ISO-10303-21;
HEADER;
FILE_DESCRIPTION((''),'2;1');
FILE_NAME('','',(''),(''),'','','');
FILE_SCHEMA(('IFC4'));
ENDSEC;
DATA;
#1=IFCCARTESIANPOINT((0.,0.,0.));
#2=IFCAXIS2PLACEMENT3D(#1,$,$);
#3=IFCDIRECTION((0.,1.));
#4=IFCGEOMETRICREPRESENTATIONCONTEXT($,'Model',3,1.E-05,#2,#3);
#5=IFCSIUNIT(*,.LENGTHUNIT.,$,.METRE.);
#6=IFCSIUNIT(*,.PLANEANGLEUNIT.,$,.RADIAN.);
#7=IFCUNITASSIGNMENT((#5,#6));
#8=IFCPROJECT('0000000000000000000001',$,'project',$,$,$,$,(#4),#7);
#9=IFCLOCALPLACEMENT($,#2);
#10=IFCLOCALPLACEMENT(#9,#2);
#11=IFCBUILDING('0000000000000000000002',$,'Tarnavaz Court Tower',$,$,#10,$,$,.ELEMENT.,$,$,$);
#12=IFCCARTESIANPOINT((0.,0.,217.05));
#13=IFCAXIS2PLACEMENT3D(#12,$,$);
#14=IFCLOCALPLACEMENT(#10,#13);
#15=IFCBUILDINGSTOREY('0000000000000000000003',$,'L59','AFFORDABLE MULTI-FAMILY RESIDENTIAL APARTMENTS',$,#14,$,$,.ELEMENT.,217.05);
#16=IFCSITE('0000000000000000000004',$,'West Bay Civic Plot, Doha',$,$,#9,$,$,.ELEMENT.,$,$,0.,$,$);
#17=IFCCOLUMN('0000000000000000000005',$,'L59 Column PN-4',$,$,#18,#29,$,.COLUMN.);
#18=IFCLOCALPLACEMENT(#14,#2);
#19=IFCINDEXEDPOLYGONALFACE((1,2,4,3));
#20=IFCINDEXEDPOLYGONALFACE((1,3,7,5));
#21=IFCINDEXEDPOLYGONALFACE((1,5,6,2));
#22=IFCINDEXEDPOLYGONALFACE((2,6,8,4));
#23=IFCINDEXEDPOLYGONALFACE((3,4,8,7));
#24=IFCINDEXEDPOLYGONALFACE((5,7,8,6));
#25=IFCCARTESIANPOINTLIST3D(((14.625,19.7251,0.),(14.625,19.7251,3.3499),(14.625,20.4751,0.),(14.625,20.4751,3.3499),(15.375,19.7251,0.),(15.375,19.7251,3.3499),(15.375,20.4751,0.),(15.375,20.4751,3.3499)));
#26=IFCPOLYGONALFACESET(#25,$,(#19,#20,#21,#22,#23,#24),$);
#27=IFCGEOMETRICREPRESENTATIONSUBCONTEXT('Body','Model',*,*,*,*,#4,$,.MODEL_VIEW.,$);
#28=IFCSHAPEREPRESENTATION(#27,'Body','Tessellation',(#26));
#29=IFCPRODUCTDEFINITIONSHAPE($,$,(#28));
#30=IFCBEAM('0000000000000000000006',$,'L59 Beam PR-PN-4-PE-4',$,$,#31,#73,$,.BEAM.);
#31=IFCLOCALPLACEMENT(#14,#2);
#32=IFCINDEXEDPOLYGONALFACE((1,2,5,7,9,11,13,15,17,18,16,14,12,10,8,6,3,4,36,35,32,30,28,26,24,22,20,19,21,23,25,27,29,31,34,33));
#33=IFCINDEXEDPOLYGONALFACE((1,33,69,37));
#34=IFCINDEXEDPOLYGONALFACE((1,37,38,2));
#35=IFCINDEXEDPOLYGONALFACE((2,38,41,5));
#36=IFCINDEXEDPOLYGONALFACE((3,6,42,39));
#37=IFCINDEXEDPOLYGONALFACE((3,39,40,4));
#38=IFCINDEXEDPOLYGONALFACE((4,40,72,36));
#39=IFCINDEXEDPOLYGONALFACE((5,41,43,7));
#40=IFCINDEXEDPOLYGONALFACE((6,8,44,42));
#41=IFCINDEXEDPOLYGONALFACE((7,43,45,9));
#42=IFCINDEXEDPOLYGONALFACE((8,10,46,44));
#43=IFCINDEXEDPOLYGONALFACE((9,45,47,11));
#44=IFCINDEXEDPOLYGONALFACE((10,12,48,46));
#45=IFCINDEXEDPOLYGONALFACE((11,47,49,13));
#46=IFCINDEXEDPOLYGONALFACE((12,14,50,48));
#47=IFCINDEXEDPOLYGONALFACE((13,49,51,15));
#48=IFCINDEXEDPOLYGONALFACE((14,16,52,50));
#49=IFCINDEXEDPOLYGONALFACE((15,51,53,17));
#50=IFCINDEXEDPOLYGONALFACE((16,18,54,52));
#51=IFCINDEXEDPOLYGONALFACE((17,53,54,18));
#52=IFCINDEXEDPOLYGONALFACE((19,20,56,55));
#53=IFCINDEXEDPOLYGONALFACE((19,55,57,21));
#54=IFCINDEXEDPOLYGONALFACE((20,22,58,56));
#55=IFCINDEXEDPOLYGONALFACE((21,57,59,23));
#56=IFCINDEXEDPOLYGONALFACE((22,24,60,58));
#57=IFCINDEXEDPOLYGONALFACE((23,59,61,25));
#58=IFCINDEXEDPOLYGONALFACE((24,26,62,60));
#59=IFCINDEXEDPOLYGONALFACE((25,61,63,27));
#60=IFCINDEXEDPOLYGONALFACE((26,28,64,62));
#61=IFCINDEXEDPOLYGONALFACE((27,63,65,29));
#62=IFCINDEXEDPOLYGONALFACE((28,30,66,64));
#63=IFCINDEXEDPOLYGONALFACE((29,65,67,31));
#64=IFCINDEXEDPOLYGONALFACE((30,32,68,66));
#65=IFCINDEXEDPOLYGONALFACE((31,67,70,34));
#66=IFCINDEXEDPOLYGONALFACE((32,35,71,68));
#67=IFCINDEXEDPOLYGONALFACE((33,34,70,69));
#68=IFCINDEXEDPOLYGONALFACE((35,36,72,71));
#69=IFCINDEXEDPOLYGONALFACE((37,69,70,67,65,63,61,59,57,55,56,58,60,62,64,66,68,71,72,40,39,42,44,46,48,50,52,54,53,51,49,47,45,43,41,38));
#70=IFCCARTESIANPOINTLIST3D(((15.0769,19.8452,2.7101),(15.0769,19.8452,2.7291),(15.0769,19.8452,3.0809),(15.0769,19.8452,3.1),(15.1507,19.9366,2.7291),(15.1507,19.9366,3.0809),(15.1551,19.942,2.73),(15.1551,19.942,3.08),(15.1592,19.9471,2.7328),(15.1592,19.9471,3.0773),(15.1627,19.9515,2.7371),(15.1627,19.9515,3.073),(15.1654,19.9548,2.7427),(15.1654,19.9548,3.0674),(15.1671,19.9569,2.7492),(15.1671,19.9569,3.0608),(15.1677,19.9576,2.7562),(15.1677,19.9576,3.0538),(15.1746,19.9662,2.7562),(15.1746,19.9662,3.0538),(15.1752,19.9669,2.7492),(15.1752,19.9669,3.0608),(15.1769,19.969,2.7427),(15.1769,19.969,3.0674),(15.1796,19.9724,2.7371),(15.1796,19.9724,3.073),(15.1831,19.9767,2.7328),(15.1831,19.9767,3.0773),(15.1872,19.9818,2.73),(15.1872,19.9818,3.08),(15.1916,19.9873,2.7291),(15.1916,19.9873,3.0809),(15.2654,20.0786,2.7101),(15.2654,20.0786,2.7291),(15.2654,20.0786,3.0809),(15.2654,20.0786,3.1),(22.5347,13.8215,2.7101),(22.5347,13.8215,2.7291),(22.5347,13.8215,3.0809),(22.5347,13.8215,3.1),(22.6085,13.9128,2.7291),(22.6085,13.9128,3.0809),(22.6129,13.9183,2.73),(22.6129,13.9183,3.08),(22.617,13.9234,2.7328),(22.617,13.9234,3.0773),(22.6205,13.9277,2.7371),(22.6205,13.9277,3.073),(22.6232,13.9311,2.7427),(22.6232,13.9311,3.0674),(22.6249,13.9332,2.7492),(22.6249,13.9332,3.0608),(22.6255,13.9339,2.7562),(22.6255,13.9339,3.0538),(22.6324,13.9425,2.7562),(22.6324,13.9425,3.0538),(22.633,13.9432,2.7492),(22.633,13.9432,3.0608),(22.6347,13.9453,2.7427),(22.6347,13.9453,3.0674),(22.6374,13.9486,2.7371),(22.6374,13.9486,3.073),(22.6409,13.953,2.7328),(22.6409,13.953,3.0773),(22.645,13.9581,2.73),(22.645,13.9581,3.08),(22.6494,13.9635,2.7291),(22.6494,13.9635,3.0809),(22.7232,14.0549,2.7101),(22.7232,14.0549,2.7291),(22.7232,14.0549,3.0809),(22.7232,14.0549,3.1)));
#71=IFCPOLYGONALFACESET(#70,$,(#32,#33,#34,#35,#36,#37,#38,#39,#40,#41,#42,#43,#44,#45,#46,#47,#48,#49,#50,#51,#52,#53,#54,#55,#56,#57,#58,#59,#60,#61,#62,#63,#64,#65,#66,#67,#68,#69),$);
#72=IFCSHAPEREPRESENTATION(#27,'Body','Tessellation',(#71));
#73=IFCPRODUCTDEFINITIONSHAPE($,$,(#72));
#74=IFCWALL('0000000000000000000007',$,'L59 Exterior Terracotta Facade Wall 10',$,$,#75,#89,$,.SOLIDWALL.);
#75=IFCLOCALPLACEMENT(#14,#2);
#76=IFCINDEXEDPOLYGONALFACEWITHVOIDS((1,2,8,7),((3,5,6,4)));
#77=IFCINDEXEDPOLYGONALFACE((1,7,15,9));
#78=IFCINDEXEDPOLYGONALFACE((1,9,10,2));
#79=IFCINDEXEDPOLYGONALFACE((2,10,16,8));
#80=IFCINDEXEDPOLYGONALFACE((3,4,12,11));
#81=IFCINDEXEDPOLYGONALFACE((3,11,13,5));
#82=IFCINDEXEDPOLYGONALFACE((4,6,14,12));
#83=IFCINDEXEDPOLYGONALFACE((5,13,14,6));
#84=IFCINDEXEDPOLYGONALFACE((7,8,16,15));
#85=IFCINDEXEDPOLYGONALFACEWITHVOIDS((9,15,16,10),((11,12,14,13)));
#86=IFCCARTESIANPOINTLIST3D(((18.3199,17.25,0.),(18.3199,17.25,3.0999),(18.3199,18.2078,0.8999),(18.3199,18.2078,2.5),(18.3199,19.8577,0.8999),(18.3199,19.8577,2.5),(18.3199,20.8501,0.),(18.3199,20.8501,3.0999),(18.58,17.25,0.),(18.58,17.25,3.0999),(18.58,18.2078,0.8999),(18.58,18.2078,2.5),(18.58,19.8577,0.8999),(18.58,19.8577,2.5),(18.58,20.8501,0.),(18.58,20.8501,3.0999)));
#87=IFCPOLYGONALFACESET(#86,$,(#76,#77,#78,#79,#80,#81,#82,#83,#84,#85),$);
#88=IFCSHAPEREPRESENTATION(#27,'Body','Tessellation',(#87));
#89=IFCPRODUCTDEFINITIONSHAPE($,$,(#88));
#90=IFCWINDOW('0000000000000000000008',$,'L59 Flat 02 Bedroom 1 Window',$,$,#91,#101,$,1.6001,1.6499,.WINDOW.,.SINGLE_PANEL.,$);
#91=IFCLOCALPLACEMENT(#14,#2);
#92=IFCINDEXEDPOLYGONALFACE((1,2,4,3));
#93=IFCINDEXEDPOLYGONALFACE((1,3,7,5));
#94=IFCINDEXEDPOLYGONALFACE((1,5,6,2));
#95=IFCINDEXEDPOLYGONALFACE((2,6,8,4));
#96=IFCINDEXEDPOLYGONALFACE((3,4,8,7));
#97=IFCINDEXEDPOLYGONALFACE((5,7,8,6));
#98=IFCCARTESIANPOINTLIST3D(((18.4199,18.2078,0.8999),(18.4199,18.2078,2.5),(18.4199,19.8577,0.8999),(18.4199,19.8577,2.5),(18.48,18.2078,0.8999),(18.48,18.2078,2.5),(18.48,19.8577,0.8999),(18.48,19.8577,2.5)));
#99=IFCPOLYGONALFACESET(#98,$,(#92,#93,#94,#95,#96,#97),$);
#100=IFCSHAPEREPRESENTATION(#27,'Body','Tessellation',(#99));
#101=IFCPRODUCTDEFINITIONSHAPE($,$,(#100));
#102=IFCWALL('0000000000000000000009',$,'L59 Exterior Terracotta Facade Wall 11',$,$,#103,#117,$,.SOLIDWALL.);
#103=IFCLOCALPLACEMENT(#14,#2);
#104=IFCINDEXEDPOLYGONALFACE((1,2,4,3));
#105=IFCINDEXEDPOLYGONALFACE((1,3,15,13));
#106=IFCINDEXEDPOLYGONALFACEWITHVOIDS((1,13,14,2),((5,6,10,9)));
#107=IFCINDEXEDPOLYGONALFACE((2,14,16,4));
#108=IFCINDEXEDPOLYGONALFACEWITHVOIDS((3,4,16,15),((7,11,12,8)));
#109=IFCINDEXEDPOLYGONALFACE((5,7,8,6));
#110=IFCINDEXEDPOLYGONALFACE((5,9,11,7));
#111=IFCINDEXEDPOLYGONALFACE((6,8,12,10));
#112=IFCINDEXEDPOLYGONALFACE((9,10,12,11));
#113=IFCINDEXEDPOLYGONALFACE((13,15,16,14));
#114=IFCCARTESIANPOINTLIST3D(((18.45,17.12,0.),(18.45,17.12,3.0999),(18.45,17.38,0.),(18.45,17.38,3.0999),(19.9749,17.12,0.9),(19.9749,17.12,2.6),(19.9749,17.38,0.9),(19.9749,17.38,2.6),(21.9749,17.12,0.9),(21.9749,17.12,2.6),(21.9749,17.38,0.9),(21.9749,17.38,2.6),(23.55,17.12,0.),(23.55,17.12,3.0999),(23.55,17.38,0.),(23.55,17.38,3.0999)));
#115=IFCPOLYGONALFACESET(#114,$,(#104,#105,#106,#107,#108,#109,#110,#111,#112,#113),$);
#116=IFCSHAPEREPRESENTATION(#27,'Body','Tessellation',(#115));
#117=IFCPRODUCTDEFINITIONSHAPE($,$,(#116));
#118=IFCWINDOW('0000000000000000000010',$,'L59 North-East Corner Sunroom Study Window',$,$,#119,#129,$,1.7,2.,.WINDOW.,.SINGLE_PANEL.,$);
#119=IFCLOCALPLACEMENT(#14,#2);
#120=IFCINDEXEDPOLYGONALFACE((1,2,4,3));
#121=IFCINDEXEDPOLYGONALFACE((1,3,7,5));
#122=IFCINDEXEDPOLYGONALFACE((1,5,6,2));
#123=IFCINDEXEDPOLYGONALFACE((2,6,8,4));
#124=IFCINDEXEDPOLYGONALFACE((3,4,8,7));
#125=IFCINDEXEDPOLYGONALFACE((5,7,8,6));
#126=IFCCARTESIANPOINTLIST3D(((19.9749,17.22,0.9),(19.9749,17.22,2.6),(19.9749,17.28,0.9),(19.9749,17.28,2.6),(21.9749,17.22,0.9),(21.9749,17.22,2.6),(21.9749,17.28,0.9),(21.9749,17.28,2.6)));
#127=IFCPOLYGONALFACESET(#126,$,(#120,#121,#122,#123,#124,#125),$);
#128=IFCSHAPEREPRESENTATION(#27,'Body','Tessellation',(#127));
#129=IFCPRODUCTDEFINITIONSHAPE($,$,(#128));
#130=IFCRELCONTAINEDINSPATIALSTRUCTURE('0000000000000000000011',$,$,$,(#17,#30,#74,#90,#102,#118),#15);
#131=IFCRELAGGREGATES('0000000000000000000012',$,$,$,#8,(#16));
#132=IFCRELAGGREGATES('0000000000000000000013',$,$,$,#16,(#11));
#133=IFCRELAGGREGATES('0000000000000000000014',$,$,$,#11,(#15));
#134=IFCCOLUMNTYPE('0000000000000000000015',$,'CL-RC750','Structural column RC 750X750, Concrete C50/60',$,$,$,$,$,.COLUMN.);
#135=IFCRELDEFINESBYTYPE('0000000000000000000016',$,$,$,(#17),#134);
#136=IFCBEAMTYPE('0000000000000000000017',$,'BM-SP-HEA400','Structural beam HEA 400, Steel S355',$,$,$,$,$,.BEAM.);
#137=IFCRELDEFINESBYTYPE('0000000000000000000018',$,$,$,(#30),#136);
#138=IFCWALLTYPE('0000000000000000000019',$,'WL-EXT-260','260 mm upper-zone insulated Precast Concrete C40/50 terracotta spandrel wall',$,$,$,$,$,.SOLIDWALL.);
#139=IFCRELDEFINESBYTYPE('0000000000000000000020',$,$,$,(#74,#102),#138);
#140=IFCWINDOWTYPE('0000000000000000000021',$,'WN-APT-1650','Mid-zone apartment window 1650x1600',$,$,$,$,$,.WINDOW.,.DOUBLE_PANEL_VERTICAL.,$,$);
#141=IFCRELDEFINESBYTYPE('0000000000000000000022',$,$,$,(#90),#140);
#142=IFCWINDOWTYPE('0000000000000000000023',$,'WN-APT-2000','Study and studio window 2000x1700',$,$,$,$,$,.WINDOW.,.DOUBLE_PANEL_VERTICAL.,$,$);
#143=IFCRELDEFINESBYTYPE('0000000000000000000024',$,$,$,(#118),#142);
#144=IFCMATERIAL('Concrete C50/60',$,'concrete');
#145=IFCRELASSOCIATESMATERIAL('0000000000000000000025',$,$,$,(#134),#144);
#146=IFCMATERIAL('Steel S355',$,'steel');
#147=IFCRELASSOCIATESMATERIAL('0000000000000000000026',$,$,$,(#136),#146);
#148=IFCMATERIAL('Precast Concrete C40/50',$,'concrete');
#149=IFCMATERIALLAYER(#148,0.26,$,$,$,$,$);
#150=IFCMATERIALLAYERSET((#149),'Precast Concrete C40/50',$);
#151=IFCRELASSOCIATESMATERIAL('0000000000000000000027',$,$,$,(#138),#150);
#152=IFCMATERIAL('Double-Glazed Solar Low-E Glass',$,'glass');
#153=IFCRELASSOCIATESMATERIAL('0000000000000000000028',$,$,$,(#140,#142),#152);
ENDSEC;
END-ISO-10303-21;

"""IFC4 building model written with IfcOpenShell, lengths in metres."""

from ifc_helpers import new_model, si_unit, direction, frame, frame_2d, origin, origin_2d, place, context, subcontext, project, spatial, rectangle, i_section, extrude, material, layer, layer_set, material_profile, profile_set, type_object, element, fill, save


model = new_model("IFC4")

# Units and contexts
model_context = context("Model", 3, precision=1e-05, world=origin(), true_north=direction((0.0, 1.0)))
body_context = subcontext(model_context, "Body", "Model", "MODEL_VIEW")
ifc_project = project(units=[si_unit("LENGTHUNIT", "METRE"), si_unit("PLANEANGLEUNIT", "RADIAN")], contexts=[model_context])

# Site, building, storey
site_placement = place(None, origin())
site = spatial("IfcSite", under=ifc_project, at=site_placement, Name="West Bay Civic Plot, Doha", CompositionType="ELEMENT", RefElevation=0.0)
building_placement = place(site_placement, origin())
building = spatial("IfcBuilding", under=site, at=building_placement, Name="Tarnavaz Court Tower", CompositionType="ELEMENT")
storey_placement = place(building_placement, frame((0.0, 0.0, 217.05)))
storey = spatial("IfcBuildingStorey", under=building, at=storey_placement, Name="L59", Description="AFFORDABLE MULTI-FAMILY RESIDENTIAL APARTMENTS", CompositionType="ELEMENT", Elevation=217.05)

# Column
ifc_material_1 = material(Name="Concrete C50/60", Category="concrete")
ifc_material_profile_1 = material_profile(ifc_material_1, rectangle(XDim=0.75, YDim=0.75, at=origin_2d()), Name="RC 750X750")
ifc_profile_set_1 = profile_set([ifc_material_profile_1], Name="Concrete C50/60")
column_type = type_object("IfcColumnType", Name="CL-RC750", Description="Structural column RC 750X750, Concrete C50/60", PredefinedType="COLUMN", material=ifc_profile_set_1)
column_placement = place(storey_placement, frame((15.0, 20.1001, 0.0), z_axis=(0.0, 0.0, 1.0), x_axis=(1.0, 0.0, 0.0)))
element("IfcColumn", 1, at=column_placement, inside=storey, type_object=column_type, Name="L59 Column PN-4", PredefinedType="COLUMN", context=body_context, shape_type="SweptSolid", body=[
    extrude(rectangle(XDim=0.75, YDim=0.75, at=origin_2d()), origin(), (0.0, 0.0, 1.0), 3.3499),
])

# Beam
ifc_material_2 = material(Name="Steel S355", Category="steel")
ifc_material_profile_2 = material_profile(ifc_material_2, i_section(OverallWidth=0.3, OverallDepth=0.3899, WebThickness=0.011, FlangeThickness=0.019, FilletRadius=0.0271, at=origin_2d()), Name="HEA 400")
ifc_profile_set_2 = profile_set([ifc_material_profile_2], Name="Steel S355")
beam_type = type_object("IfcBeamType", Name="BM-SP-HEA400", Description="Structural beam HEA 400, Steel S355", PredefinedType="BEAM", material=ifc_profile_set_2)
beam_placement = place(storey_placement, frame((15.1711, 19.9619, 2.905), z_axis=(0.777936, -0.628344, 0.0), x_axis=(0.628344, 0.777936, 0.0)))
element("IfcBeam", 2, at=beam_placement, inside=storey, type_object=beam_type, Name="L59 Beam PR-PN-4-PE-4", PredefinedType="BEAM", context=body_context, shape_type="SweptSolid", body=[
    extrude(i_section(OverallWidth=0.3, OverallDepth=0.3899, WebThickness=0.011, FlangeThickness=0.019, FilletRadius=0.0271, at=origin_2d()), origin(), (0.0, 0.0, 1.0), 9.5867),
])

# Walls, openings, windows
ifc_material_3 = material(Name="Precast Concrete C40/50", Category="concrete")
ifc_layer_1 = layer(ifc_material_3, 0.26)
ifc_layer_set_1 = layer_set([ifc_layer_1], Name="Precast Concrete C40/50")
wall_type_1 = type_object("IfcWallType", Name="WL-EXT-260", Description="260 mm upper-zone insulated Precast Concrete C40/50 terracotta spandrel wall", PredefinedType="SOLIDWALL", material=ifc_layer_set_1)
wall_1_placement = place(storey_placement, frame((18.45, 20.8501, 0.0), z_axis=(0.0, 0.0, 1.0), x_axis=(0.0, -1.0, 0.0)))
wall_1 = element("IfcWall", 3, at=wall_1_placement, inside=storey, type_object=wall_type_1, Name="L59 Exterior Terracotta Facade Wall 10", PredefinedType="SOLIDWALL", context=body_context, shape_type="SweptSolid", body=[
    extrude(rectangle(XDim=3.6001, YDim=0.26, at=frame_2d((1.8, 0.0))), origin(), (0.0, 0.0, 1.0), 3.0999),
])
opening_1_placement = place(wall_1_placement, frame((0.9924, 0.0, 0.8999)))
opening_1 = element("IfcOpeningElement", 4, at=opening_1_placement, cuts=wall_1, PredefinedType="OPENING", context=body_context, shape_type="SweptSolid", body=[
    extrude(rectangle(XDim=1.6499, YDim=1.6001, at=frame_2d((0.825, 0.8))), frame((0.0, 0.1399, 0.0), z_axis=(0.0, -1.0, 0.0), x_axis=(1.0, 0.0, 0.0)), (0.0, 0.0, 1.0), 0.28),
])
ifc_material_4 = material(Name="Double-Glazed Solar Low-E Glass", Category="glass")
window_type_1 = type_object("IfcWindowType", Name="WN-APT-1650", Description="Mid-zone apartment window 1650x1600", PartitioningType="DOUBLE_PANEL_VERTICAL", PredefinedType="WINDOW", material=ifc_material_4)
window_1_placement = place(opening_1_placement, origin())
window_1 = element("IfcWindow", 5, at=window_1_placement, inside=storey, type_object=window_type_1, Name="L59 Flat 02 Bedroom 1 Window", OverallHeight=1.6001, OverallWidth=1.6499, PartitioningType="SINGLE_PANEL", PredefinedType="WINDOW", context=body_context, shape_type="SweptSolid", body=[
    extrude(rectangle(XDim=1.6499, YDim=1.6001, at=frame_2d((0.825, 0.8))), frame((0.0, 0.03, 0.0), z_axis=(0.0, -1.0, 0.0), x_axis=(1.0, 0.0, 0.0)), (0.0, 0.0, 1.0), 0.0601),
])
fill(opening_1, window_1)
wall_2_placement = place(storey_placement, frame((18.45, 17.25, 0.0), z_axis=(0.0, 0.0, 1.0), x_axis=(1.0, 0.0, 0.0)))
wall_2 = element("IfcWall", 6, at=wall_2_placement, inside=storey, type_object=wall_type_1, Name="L59 Exterior Terracotta Facade Wall 11", PredefinedType="SOLIDWALL", context=body_context, shape_type="SweptSolid", body=[
    extrude(rectangle(XDim=5.1001, YDim=0.26, at=frame_2d((2.55, 0.0))), origin(), (0.0, 0.0, 1.0), 3.0999),
])
opening_2_placement = place(wall_2_placement, frame((1.5249, 0.0, 0.8999)))
opening_2 = element("IfcOpeningElement", 7, at=opening_2_placement, cuts=wall_2, PredefinedType="OPENING", context=body_context, shape_type="SweptSolid", body=[
    extrude(rectangle(XDim=2.0, YDim=1.7, at=frame_2d((1.0, 0.8501))), frame((0.0, 0.1399, 0.0), z_axis=(0.0, -1.0, 0.0), x_axis=(1.0, 0.0, 0.0)), (0.0, 0.0, 1.0), 0.28),
])
window_type_2 = type_object("IfcWindowType", Name="WN-APT-2000", Description="Study and studio window 2000x1700", PartitioningType="DOUBLE_PANEL_VERTICAL", PredefinedType="WINDOW", material=ifc_material_4)
window_2_placement = place(opening_2_placement, origin())
window_2 = element("IfcWindow", 8, at=window_2_placement, inside=storey, type_object=window_type_2, Name="L59 North-East Corner Sunroom Study Window", OverallHeight=1.7, OverallWidth=2.0, PartitioningType="SINGLE_PANEL", PredefinedType="WINDOW", context=body_context, shape_type="SweptSolid", body=[
    extrude(rectangle(XDim=2.0, YDim=1.7, at=frame_2d((1.0, 0.8501))), frame((0.0, 0.03, 0.0), z_axis=(0.0, -1.0, 0.0), x_axis=(1.0, 0.0, 0.0)), (0.0, 0.0, 1.0), 0.0601),
])
fill(opening_2, window_2)

save(model, "model.ifc")
